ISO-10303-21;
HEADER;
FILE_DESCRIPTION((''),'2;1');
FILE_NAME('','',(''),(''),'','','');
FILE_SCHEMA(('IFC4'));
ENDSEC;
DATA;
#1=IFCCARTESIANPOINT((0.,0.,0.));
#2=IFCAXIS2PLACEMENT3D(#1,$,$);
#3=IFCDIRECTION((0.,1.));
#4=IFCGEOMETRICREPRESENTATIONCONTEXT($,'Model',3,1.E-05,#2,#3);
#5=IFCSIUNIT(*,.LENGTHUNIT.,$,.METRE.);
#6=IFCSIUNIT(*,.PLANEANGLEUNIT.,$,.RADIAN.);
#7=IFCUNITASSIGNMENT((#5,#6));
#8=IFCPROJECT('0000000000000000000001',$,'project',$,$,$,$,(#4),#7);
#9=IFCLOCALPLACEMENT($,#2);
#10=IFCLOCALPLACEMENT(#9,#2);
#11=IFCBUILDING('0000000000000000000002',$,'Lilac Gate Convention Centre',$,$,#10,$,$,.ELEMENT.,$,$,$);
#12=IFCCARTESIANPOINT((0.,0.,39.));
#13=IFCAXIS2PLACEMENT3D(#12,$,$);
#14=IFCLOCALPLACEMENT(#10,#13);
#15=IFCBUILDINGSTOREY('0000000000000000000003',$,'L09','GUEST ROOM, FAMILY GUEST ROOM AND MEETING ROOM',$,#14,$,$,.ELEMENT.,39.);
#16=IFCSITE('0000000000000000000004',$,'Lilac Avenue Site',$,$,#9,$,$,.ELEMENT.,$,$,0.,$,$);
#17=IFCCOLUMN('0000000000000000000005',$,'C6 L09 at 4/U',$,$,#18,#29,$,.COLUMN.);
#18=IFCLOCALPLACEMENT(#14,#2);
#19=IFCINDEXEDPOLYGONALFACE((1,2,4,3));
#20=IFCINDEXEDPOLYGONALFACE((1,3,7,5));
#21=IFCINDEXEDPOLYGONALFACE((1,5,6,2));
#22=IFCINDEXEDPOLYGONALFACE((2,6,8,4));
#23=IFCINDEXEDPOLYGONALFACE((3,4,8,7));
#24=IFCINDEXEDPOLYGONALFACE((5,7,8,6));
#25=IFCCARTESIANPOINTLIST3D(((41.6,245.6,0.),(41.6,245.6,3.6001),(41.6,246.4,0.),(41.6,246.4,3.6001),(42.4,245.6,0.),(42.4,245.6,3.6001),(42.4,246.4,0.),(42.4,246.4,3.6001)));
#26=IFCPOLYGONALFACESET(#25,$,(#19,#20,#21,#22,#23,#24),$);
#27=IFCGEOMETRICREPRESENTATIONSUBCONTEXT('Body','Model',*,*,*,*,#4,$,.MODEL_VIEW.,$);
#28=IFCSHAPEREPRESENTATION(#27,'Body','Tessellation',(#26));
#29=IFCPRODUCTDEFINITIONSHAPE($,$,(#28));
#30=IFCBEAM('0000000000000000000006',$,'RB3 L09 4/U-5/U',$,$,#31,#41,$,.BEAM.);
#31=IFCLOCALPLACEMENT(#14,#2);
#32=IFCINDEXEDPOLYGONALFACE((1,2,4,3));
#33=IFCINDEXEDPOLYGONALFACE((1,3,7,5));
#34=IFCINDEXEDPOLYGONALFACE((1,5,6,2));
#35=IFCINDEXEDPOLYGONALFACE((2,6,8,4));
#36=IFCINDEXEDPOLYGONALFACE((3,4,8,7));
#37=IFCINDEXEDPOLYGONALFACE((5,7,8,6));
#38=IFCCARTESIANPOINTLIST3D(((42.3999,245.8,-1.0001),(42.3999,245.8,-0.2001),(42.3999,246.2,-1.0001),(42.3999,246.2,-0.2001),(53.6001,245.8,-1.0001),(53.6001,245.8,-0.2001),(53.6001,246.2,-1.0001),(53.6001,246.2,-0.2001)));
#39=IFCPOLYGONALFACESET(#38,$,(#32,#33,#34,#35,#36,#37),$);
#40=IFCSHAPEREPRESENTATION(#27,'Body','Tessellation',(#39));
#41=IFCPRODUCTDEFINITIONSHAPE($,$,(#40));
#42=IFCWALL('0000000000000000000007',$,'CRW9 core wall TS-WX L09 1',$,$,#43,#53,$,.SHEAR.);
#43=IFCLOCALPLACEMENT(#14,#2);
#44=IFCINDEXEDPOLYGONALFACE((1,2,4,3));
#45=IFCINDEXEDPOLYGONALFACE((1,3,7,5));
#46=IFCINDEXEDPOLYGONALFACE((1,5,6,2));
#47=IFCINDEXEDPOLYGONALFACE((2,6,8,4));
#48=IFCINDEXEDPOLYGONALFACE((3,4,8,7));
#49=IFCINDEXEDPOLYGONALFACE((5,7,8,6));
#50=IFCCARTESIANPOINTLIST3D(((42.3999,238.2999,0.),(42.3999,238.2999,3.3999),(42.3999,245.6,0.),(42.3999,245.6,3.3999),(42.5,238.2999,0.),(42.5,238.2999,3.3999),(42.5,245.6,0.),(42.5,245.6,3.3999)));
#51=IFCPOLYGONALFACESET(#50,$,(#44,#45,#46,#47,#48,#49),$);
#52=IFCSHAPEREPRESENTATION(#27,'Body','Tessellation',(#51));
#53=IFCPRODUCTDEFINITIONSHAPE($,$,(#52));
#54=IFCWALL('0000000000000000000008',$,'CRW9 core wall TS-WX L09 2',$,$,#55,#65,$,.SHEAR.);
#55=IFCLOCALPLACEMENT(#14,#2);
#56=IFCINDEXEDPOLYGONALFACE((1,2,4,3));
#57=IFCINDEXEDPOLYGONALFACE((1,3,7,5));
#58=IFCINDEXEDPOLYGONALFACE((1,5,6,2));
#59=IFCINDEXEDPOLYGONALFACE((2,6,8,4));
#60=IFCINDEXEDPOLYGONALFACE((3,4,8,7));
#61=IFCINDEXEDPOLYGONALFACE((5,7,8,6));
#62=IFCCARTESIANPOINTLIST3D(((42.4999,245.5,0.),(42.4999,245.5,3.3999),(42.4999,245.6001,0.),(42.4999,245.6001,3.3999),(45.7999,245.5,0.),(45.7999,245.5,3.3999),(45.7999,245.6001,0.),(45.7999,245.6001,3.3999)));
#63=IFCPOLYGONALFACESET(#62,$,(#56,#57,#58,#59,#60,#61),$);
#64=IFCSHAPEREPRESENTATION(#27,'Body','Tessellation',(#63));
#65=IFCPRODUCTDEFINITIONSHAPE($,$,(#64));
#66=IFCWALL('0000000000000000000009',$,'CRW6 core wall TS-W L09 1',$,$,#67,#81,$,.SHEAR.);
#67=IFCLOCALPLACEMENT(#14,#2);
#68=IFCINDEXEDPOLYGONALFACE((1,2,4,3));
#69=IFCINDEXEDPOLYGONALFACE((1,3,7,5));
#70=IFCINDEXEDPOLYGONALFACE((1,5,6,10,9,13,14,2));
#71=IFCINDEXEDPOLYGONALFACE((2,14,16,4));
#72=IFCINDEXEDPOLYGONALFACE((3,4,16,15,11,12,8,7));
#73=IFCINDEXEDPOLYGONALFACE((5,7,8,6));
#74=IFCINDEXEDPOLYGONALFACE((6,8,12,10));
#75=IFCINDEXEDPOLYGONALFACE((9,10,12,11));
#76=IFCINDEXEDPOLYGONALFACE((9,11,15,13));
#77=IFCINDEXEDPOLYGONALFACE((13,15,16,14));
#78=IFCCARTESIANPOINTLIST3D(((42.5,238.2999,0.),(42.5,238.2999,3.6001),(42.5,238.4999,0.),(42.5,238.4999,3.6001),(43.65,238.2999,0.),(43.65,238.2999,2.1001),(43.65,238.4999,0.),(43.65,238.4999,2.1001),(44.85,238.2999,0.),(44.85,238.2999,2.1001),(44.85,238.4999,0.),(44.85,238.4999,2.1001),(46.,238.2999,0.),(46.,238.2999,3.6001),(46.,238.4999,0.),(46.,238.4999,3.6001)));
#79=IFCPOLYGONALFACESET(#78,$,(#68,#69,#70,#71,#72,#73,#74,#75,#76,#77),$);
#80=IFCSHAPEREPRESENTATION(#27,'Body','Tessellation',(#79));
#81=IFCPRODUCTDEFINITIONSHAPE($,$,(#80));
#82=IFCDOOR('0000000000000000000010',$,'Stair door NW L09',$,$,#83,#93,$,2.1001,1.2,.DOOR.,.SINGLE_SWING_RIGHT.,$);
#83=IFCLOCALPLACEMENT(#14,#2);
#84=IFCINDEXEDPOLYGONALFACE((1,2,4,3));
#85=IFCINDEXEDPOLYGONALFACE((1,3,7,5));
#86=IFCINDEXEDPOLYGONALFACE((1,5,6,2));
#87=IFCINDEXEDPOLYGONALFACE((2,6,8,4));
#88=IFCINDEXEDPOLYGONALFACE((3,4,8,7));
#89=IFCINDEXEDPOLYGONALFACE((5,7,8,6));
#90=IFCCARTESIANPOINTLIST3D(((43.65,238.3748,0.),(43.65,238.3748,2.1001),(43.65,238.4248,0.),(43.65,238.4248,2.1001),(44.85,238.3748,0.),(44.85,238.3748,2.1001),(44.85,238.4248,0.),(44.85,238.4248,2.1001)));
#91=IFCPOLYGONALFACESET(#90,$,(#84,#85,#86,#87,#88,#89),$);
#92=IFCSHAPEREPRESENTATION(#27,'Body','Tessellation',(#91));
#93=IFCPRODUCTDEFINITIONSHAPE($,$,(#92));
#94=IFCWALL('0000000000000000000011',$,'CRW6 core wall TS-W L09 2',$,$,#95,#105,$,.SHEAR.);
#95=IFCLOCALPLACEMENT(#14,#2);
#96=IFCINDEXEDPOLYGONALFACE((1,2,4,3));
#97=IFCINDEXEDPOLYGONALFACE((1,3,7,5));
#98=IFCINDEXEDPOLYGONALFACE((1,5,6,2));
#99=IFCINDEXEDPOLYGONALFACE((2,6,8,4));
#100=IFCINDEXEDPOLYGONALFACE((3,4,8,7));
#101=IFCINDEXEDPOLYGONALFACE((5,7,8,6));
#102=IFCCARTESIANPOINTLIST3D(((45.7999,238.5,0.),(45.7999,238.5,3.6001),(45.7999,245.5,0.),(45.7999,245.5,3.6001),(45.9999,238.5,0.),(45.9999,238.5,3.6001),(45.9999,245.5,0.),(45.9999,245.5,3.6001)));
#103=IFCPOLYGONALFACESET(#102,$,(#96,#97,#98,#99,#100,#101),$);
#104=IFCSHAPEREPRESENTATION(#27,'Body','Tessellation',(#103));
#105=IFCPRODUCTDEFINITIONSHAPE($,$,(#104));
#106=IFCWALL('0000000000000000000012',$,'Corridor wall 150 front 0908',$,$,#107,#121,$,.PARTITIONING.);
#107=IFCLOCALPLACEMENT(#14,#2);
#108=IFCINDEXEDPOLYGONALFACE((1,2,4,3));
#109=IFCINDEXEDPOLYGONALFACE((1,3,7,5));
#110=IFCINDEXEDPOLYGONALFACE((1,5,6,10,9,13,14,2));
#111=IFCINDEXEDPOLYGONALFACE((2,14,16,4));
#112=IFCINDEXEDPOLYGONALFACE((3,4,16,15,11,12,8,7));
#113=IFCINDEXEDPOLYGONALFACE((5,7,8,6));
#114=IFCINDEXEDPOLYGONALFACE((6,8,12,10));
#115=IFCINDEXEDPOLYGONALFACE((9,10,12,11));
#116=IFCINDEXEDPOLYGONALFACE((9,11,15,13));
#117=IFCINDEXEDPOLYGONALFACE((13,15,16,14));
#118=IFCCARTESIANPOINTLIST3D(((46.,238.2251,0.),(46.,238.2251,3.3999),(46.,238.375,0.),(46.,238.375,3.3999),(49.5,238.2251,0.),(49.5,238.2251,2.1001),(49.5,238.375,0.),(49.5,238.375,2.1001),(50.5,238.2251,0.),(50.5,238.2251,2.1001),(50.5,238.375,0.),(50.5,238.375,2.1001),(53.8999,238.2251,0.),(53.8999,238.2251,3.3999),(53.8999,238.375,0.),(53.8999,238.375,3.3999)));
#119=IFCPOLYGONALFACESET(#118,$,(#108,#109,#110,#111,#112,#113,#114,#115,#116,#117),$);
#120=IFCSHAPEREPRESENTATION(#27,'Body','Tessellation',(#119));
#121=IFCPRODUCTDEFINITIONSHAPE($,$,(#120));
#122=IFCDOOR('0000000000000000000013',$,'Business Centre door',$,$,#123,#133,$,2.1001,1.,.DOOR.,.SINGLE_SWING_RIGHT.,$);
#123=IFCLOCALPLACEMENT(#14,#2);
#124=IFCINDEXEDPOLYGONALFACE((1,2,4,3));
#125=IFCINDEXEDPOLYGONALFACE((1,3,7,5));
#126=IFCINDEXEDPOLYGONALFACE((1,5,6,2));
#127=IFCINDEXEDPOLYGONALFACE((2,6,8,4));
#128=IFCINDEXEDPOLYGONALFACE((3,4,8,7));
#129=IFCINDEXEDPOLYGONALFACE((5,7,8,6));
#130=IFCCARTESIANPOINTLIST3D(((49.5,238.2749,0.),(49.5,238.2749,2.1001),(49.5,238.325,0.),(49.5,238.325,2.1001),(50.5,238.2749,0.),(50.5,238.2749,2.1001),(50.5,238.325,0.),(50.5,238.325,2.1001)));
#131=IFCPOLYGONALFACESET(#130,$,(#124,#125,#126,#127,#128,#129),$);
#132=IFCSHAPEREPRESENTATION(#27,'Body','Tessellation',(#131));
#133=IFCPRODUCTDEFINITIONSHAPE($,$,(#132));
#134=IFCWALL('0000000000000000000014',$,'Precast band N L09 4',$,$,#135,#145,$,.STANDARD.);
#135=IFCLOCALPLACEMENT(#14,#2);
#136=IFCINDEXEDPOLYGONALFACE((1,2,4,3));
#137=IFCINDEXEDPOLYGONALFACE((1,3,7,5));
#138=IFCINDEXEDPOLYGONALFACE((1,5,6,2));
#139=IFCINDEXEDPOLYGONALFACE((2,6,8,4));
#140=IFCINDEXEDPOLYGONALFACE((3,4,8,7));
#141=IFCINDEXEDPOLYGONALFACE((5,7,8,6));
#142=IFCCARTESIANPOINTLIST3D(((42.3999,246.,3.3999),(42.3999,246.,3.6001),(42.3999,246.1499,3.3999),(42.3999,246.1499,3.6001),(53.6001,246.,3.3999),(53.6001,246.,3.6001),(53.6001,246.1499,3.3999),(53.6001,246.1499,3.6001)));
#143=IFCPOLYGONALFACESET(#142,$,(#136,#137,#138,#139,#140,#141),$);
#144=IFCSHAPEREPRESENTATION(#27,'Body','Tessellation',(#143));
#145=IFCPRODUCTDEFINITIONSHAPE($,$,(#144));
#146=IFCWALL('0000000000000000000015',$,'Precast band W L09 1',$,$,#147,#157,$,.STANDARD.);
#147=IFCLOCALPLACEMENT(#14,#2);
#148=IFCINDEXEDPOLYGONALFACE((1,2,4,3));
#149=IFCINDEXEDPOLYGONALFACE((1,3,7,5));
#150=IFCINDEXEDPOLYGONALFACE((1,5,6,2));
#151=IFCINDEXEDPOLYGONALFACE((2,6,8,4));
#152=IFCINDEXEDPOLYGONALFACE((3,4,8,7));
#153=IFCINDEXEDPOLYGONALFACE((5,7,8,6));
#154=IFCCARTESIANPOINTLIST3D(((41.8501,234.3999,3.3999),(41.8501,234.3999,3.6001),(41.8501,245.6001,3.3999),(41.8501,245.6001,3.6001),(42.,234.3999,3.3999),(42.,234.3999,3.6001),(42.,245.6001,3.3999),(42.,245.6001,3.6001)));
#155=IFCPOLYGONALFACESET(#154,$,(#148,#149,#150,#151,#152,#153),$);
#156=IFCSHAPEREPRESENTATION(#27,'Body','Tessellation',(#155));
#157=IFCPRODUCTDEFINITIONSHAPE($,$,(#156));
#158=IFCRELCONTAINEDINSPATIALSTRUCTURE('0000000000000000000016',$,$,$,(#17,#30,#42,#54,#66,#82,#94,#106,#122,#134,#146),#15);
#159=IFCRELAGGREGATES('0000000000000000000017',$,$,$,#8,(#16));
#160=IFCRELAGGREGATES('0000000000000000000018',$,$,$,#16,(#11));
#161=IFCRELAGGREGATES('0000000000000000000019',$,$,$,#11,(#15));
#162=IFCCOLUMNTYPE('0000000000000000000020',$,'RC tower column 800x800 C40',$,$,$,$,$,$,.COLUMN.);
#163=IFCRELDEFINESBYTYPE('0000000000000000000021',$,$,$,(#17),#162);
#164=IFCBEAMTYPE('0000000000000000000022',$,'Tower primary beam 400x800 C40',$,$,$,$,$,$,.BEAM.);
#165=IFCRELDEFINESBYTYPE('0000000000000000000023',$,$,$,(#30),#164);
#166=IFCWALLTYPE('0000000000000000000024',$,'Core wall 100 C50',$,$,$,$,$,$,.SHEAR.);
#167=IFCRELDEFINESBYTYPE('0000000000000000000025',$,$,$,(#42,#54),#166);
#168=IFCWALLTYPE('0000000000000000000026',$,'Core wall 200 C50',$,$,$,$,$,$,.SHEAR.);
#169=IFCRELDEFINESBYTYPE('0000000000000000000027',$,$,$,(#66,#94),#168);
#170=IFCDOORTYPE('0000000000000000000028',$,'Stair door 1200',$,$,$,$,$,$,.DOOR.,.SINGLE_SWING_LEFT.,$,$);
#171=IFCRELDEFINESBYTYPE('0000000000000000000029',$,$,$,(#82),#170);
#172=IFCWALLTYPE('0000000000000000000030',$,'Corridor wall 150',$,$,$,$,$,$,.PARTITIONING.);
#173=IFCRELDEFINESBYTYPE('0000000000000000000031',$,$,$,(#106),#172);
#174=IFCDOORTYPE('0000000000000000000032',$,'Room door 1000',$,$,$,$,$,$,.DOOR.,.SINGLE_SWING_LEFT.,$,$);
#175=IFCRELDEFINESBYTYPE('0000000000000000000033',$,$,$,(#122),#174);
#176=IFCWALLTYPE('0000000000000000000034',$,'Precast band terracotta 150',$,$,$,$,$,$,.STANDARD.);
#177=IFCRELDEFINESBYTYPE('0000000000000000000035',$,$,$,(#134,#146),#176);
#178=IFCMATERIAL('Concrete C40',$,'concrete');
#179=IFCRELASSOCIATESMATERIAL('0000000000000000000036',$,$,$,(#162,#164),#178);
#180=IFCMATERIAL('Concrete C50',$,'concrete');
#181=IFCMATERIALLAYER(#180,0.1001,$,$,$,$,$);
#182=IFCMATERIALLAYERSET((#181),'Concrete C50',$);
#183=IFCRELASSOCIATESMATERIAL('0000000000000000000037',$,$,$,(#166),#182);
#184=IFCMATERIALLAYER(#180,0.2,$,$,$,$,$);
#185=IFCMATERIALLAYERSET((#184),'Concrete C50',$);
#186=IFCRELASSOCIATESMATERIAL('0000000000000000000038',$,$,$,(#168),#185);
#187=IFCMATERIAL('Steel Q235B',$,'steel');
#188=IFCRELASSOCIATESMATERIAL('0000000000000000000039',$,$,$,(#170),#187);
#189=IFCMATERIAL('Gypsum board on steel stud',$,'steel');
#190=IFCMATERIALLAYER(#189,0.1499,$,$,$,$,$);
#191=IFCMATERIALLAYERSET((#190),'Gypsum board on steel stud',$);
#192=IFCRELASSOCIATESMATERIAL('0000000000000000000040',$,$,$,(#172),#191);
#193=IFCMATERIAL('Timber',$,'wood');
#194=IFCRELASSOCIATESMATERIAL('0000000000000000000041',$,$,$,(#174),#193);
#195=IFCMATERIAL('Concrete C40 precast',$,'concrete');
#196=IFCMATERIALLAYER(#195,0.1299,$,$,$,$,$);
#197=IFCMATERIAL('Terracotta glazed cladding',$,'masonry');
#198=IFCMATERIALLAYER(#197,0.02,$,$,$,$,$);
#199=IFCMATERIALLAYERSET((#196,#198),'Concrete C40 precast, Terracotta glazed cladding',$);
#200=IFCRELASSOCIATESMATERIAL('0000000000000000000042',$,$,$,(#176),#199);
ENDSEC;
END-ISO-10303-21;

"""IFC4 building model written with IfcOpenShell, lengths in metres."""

from ifc_helpers import new_model, si_unit, direction, frame, frame_2d, origin, origin_2d, place, context, subcontext, project, spatial, rectangle, extrude, material, layer, layer_set, material_profile, profile_set, type_object, element, fill, save


model = new_model("IFC4")

# Units and contexts
model_context = context("Model", 3, precision=1e-05, world=origin(), true_north=direction((0.0, 1.0)))
body_context = subcontext(model_context, "Body", "Model", "MODEL_VIEW")
ifc_project = project(units=[si_unit("LENGTHUNIT", "METRE"), si_unit("PLANEANGLEUNIT", "RADIAN")], contexts=[model_context])

# Site, building, storey
site_placement = place(None, origin())
site = spatial("IfcSite", under=ifc_project, at=site_placement, Name="Lilac Avenue Site", CompositionType="ELEMENT", RefElevation=0.0)
building_placement = place(site_placement, origin())
building = spatial("IfcBuilding", under=site, at=building_placement, Name="Lilac Gate Convention Centre", CompositionType="ELEMENT")
storey_placement = place(building_placement, frame((0.0, 0.0, 39.0)))
storey = spatial("IfcBuildingStorey", under=building, at=storey_placement, Name="L09", Description="GUEST ROOM, FAMILY GUEST ROOM AND MEETING ROOM", CompositionType="ELEMENT", Elevation=39.0)

# Column
ifc_material_1 = material(Name="Concrete C40", Category="concrete")
ifc_material_profile_1 = material_profile(ifc_material_1, rectangle(XDim=0.8, YDim=0.8, at=origin_2d()), Name="RC 800x800")
ifc_profile_set_1 = profile_set([ifc_material_profile_1], Name="Concrete C40")
column_type = type_object("IfcColumnType", Name="RC tower column 800x800 C40", PredefinedType="COLUMN", material=ifc_profile_set_1)
column_placement = place(storey_placement, frame((42.0, 246.0, 0.0), z_axis=(0.0, 0.0, 1.0), x_axis=(1.0, 0.0, 0.0)))
element("IfcColumn", 1, at=column_placement, inside=storey, type_object=column_type, Name="C6 L09 at 4/U", PredefinedType="COLUMN", context=body_context, shape_type="SweptSolid", body=[
    extrude(rectangle(XDim=0.8, YDim=0.8, at=origin_2d()), origin(), (0.0, 0.0, 1.0), 3.6001),
])

# Beam
ifc_material_profile_2 = material_profile(ifc_material_1, rectangle(XDim=0.3999, YDim=0.8, at=origin_2d()), Name="RC 400x800")
ifc_profile_set_2 = profile_set([ifc_material_profile_2], Name="Concrete C40")
beam_type = type_object("IfcBeamType", Name="Tower primary beam 400x800 C40", PredefinedType="BEAM", material=ifc_profile_set_2)
beam_placement = place(storey_placement, frame((42.3999, 246.0, -0.6001), z_axis=(1.0, 0.0, 0.0), x_axis=(0.0, 1.0, 0.0)))
element("IfcBeam", 2, at=beam_placement, inside=storey, type_object=beam_type, Name="RB3 L09 4/U-5/U", PredefinedType="BEAM", context=body_context, shape_type="SweptSolid", body=[
    extrude(rectangle(XDim=0.3999, YDim=0.8, at=origin_2d()), origin(), (0.0, 0.0, 1.0), 11.2002),
])

# Walls
ifc_material_2 = material(Name="Concrete C50", Category="concrete")
ifc_layer_1 = layer(ifc_material_2, 0.1001)
ifc_layer_set_1 = layer_set([ifc_layer_1], Name="Concrete C50")
wall_type_1 = type_object("IfcWallType", Name="Core wall 100 C50", PredefinedType="SHEAR", material=ifc_layer_set_1)
wall_1_placement = place(storey_placement, frame((42.45, 238.3, 0.0), z_axis=(0.0, 0.0, 1.0), x_axis=(0.0, 1.0, 0.0)))
element("IfcWall", 3, at=wall_1_placement, inside=storey, type_object=wall_type_1, Name="CRW9 core wall TS-WX L09 1", PredefinedType="SHEAR", context=body_context, shape_type="SweptSolid", body=[
    extrude(rectangle(XDim=7.3, YDim=0.1001, at=frame_2d((3.6499, 0.0))), origin(), (0.0, 0.0, 1.0), 3.3999),
])
wall_2_placement = place(storey_placement, frame((42.5, 245.55, 0.0), z_axis=(0.0, 0.0, 1.0), x_axis=(1.0, 0.0, 0.0)))
element("IfcWall", 4, at=wall_2_placement, inside=storey, type_object=wall_type_1, Name="CRW9 core wall TS-WX L09 2", PredefinedType="SHEAR", context=body_context, shape_type="SweptSolid", body=[
    extrude(rectangle(XDim=3.3, YDim=0.1001, at=frame_2d((1.6499, 0.0))), origin(), (0.0, 0.0, 1.0), 3.3999),
])

# Wall, opening, door
ifc_layer_2 = layer(ifc_material_2, 0.2)
ifc_layer_set_2 = layer_set([ifc_layer_2], Name="Concrete C50")
wall_type_2 = type_object("IfcWallType", Name="Core wall 200 C50", PredefinedType="SHEAR", material=ifc_layer_set_2)
wall_3_placement = place(storey_placement, frame((42.5, 238.3999, 0.0), z_axis=(0.0, 0.0, 1.0), x_axis=(1.0, 0.0, 0.0)))
wall_3 = element("IfcWall", 5, at=wall_3_placement, inside=storey, type_object=wall_type_2, Name="CRW6 core wall TS-W L09 1", PredefinedType="SHEAR", context=body_context, shape_type="SweptSolid", body=[
    extrude(rectangle(XDim=3.5, YDim=0.2, at=frame_2d((1.75, 0.0))), origin(), (0.0, 0.0, 1.0), 3.6001),
])
opening_1_placement = place(wall_3_placement, frame((1.1499, 0.0, 0.0)))
opening_1 = element("IfcOpeningElement", 6, at=opening_1_placement, cuts=wall_3, PredefinedType="OPENING", context=body_context, shape_type="SweptSolid", body=[
    extrude(rectangle(XDim=1.2, YDim=2.1001, at=frame_2d((0.6001, 1.05))), frame((0.0, 0.1099, 0.0), z_axis=(0.0, -1.0, 0.0), x_axis=(1.0, 0.0, 0.0)), (0.0, 0.0, 1.0), 0.22),
])
ifc_material_3 = material(Name="Steel Q235B", Category="steel")
door_type_1 = type_object("IfcDoorType", Name="Stair door 1200", OperationType="SINGLE_SWING_LEFT", PredefinedType="DOOR", material=ifc_material_3)
door_1_placement = place(opening_1_placement, origin())
door_1 = element("IfcDoor", 7, at=door_1_placement, inside=storey, type_object=door_type_1, Name="Stair door NW L09", OperationType="SINGLE_SWING_RIGHT", OverallHeight=2.1001, OverallWidth=1.2, PredefinedType="DOOR", context=body_context, shape_type="SweptSolid", body=[
    extrude(rectangle(XDim=1.2, YDim=2.1001, at=frame_2d((0.6001, 1.05))), frame((0.0, 0.0249, 0.0), z_axis=(0.0, -1.0, 0.0), x_axis=(1.0, 0.0, 0.0)), (0.0, 0.0, 1.0), 0.05),
])
fill(opening_1, door_1)

# Wall
wall_4_placement = place(storey_placement, frame((45.8999, 238.5, 0.0), z_axis=(0.0, 0.0, 1.0), x_axis=(0.0, 1.0, 0.0)))
element("IfcWall", 8, at=wall_4_placement, inside=storey, type_object=wall_type_2, Name="CRW6 core wall TS-W L09 2", PredefinedType="SHEAR", context=body_context, shape_type="SweptSolid", body=[
    extrude(rectangle(XDim=7.0, YDim=0.2, at=frame_2d((3.5, 0.0))), origin(), (0.0, 0.0, 1.0), 3.6001),
])

# Wall, opening, door
ifc_material_4 = material(Name="Gypsum board on steel stud", Category="steel")
ifc_layer_3 = layer(ifc_material_4, 0.1499)
ifc_layer_set_3 = layer_set([ifc_layer_3], Name="Gypsum board on steel stud")
wall_type_3 = type_object("IfcWallType", Name="Corridor wall 150", PredefinedType="PARTITIONING", material=ifc_layer_set_3)
wall_5_placement = place(storey_placement, frame((46.0, 238.3, 0.0), z_axis=(0.0, 0.0, 1.0), x_axis=(1.0, 0.0, 0.0)))
wall_5 = element("IfcWall", 9, at=wall_5_placement, inside=storey, type_object=wall_type_3, Name="Corridor wall 150 front 0908", PredefinedType="PARTITIONING", context=body_context, shape_type="SweptSolid", body=[
    extrude(rectangle(XDim=7.8999, YDim=0.1499, at=frame_2d((3.95, 0.0))), origin(), (0.0, 0.0, 1.0), 3.3999),
])
opening_2_placement = place(wall_5_placement, frame((3.5, 0.0, 0.0)))
opening_2 = element("IfcOpeningElement", 10, at=opening_2_placement, cuts=wall_5, PredefinedType="OPENING", context=body_context, shape_type="SweptSolid", body=[
    extrude(rectangle(XDim=1.0, YDim=2.1001, at=frame_2d((0.5, 1.05))), frame((0.0, 0.085, 0.0), z_axis=(0.0, -1.0, 0.0), x_axis=(1.0, 0.0, 0.0)), (0.0, 0.0, 1.0), 0.1699),
])
ifc_material_5 = material(Name="Timber", Category="wood")
door_type_2 = type_object("IfcDoorType", Name="Room door 1000", OperationType="SINGLE_SWING_LEFT", PredefinedType="DOOR", material=ifc_material_5)
door_2_placement = place(opening_2_placement, origin())
door_2 = element("IfcDoor", 11, at=door_2_placement, inside=storey, type_object=door_type_2, Name="Business Centre door", OperationType="SINGLE_SWING_RIGHT", OverallHeight=2.1001, OverallWidth=1.0, PredefinedType="DOOR", context=body_context, shape_type="SweptSolid", body=[
    extrude(rectangle(XDim=1.0, YDim=2.1001, at=frame_2d((0.5, 1.05))), frame((0.0, 0.0249, 0.0), z_axis=(0.0, -1.0, 0.0), x_axis=(1.0, 0.0, 0.0)), (0.0, 0.0, 1.0), 0.05),
])
fill(opening_2, door_2)

# Walls
ifc_material_6 = material(Name="Concrete C40 precast", Category="concrete")
ifc_layer_4 = layer(ifc_material_6, 0.1299)
ifc_material_7 = material(Name="Terracotta glazed cladding", Category="masonry")
ifc_layer_5 = layer(ifc_material_7, 0.02)
ifc_layer_set_4 = layer_set([ifc_layer_4, ifc_layer_5], Name="Concrete C40 precast, Terracotta glazed cladding")
wall_type_4 = type_object("IfcWallType", Name="Precast band terracotta 150", PredefinedType="STANDARD", material=ifc_layer_set_4)
for number, where, z_axis, x_axis, name in (
    (12, (53.6001, 246.075, 3.3999), (0.0, 0.0, 1.0), (-1.0, 0.0, 0.0), "Precast band N L09 4"),
    (13, (41.925, 245.6001, 3.3999), (0.0, 0.0, 1.0), (0.0, -1.0, 0.0), "Precast band W L09 1"),
):
    element("IfcWall", number, at=place(storey_placement, frame(where, z_axis=z_axis, x_axis=x_axis)), inside=storey, type_object=wall_type_4, Name=name, PredefinedType="STANDARD", context=body_context, shape_type="SweptSolid", body=[
        extrude(rectangle(XDim=11.2002, YDim=0.1499, at=frame_2d((5.6001, 0.0))), origin(), (0.0, 0.0, 1.0), 0.2002),
    ])

save(model, "model.ifc")
